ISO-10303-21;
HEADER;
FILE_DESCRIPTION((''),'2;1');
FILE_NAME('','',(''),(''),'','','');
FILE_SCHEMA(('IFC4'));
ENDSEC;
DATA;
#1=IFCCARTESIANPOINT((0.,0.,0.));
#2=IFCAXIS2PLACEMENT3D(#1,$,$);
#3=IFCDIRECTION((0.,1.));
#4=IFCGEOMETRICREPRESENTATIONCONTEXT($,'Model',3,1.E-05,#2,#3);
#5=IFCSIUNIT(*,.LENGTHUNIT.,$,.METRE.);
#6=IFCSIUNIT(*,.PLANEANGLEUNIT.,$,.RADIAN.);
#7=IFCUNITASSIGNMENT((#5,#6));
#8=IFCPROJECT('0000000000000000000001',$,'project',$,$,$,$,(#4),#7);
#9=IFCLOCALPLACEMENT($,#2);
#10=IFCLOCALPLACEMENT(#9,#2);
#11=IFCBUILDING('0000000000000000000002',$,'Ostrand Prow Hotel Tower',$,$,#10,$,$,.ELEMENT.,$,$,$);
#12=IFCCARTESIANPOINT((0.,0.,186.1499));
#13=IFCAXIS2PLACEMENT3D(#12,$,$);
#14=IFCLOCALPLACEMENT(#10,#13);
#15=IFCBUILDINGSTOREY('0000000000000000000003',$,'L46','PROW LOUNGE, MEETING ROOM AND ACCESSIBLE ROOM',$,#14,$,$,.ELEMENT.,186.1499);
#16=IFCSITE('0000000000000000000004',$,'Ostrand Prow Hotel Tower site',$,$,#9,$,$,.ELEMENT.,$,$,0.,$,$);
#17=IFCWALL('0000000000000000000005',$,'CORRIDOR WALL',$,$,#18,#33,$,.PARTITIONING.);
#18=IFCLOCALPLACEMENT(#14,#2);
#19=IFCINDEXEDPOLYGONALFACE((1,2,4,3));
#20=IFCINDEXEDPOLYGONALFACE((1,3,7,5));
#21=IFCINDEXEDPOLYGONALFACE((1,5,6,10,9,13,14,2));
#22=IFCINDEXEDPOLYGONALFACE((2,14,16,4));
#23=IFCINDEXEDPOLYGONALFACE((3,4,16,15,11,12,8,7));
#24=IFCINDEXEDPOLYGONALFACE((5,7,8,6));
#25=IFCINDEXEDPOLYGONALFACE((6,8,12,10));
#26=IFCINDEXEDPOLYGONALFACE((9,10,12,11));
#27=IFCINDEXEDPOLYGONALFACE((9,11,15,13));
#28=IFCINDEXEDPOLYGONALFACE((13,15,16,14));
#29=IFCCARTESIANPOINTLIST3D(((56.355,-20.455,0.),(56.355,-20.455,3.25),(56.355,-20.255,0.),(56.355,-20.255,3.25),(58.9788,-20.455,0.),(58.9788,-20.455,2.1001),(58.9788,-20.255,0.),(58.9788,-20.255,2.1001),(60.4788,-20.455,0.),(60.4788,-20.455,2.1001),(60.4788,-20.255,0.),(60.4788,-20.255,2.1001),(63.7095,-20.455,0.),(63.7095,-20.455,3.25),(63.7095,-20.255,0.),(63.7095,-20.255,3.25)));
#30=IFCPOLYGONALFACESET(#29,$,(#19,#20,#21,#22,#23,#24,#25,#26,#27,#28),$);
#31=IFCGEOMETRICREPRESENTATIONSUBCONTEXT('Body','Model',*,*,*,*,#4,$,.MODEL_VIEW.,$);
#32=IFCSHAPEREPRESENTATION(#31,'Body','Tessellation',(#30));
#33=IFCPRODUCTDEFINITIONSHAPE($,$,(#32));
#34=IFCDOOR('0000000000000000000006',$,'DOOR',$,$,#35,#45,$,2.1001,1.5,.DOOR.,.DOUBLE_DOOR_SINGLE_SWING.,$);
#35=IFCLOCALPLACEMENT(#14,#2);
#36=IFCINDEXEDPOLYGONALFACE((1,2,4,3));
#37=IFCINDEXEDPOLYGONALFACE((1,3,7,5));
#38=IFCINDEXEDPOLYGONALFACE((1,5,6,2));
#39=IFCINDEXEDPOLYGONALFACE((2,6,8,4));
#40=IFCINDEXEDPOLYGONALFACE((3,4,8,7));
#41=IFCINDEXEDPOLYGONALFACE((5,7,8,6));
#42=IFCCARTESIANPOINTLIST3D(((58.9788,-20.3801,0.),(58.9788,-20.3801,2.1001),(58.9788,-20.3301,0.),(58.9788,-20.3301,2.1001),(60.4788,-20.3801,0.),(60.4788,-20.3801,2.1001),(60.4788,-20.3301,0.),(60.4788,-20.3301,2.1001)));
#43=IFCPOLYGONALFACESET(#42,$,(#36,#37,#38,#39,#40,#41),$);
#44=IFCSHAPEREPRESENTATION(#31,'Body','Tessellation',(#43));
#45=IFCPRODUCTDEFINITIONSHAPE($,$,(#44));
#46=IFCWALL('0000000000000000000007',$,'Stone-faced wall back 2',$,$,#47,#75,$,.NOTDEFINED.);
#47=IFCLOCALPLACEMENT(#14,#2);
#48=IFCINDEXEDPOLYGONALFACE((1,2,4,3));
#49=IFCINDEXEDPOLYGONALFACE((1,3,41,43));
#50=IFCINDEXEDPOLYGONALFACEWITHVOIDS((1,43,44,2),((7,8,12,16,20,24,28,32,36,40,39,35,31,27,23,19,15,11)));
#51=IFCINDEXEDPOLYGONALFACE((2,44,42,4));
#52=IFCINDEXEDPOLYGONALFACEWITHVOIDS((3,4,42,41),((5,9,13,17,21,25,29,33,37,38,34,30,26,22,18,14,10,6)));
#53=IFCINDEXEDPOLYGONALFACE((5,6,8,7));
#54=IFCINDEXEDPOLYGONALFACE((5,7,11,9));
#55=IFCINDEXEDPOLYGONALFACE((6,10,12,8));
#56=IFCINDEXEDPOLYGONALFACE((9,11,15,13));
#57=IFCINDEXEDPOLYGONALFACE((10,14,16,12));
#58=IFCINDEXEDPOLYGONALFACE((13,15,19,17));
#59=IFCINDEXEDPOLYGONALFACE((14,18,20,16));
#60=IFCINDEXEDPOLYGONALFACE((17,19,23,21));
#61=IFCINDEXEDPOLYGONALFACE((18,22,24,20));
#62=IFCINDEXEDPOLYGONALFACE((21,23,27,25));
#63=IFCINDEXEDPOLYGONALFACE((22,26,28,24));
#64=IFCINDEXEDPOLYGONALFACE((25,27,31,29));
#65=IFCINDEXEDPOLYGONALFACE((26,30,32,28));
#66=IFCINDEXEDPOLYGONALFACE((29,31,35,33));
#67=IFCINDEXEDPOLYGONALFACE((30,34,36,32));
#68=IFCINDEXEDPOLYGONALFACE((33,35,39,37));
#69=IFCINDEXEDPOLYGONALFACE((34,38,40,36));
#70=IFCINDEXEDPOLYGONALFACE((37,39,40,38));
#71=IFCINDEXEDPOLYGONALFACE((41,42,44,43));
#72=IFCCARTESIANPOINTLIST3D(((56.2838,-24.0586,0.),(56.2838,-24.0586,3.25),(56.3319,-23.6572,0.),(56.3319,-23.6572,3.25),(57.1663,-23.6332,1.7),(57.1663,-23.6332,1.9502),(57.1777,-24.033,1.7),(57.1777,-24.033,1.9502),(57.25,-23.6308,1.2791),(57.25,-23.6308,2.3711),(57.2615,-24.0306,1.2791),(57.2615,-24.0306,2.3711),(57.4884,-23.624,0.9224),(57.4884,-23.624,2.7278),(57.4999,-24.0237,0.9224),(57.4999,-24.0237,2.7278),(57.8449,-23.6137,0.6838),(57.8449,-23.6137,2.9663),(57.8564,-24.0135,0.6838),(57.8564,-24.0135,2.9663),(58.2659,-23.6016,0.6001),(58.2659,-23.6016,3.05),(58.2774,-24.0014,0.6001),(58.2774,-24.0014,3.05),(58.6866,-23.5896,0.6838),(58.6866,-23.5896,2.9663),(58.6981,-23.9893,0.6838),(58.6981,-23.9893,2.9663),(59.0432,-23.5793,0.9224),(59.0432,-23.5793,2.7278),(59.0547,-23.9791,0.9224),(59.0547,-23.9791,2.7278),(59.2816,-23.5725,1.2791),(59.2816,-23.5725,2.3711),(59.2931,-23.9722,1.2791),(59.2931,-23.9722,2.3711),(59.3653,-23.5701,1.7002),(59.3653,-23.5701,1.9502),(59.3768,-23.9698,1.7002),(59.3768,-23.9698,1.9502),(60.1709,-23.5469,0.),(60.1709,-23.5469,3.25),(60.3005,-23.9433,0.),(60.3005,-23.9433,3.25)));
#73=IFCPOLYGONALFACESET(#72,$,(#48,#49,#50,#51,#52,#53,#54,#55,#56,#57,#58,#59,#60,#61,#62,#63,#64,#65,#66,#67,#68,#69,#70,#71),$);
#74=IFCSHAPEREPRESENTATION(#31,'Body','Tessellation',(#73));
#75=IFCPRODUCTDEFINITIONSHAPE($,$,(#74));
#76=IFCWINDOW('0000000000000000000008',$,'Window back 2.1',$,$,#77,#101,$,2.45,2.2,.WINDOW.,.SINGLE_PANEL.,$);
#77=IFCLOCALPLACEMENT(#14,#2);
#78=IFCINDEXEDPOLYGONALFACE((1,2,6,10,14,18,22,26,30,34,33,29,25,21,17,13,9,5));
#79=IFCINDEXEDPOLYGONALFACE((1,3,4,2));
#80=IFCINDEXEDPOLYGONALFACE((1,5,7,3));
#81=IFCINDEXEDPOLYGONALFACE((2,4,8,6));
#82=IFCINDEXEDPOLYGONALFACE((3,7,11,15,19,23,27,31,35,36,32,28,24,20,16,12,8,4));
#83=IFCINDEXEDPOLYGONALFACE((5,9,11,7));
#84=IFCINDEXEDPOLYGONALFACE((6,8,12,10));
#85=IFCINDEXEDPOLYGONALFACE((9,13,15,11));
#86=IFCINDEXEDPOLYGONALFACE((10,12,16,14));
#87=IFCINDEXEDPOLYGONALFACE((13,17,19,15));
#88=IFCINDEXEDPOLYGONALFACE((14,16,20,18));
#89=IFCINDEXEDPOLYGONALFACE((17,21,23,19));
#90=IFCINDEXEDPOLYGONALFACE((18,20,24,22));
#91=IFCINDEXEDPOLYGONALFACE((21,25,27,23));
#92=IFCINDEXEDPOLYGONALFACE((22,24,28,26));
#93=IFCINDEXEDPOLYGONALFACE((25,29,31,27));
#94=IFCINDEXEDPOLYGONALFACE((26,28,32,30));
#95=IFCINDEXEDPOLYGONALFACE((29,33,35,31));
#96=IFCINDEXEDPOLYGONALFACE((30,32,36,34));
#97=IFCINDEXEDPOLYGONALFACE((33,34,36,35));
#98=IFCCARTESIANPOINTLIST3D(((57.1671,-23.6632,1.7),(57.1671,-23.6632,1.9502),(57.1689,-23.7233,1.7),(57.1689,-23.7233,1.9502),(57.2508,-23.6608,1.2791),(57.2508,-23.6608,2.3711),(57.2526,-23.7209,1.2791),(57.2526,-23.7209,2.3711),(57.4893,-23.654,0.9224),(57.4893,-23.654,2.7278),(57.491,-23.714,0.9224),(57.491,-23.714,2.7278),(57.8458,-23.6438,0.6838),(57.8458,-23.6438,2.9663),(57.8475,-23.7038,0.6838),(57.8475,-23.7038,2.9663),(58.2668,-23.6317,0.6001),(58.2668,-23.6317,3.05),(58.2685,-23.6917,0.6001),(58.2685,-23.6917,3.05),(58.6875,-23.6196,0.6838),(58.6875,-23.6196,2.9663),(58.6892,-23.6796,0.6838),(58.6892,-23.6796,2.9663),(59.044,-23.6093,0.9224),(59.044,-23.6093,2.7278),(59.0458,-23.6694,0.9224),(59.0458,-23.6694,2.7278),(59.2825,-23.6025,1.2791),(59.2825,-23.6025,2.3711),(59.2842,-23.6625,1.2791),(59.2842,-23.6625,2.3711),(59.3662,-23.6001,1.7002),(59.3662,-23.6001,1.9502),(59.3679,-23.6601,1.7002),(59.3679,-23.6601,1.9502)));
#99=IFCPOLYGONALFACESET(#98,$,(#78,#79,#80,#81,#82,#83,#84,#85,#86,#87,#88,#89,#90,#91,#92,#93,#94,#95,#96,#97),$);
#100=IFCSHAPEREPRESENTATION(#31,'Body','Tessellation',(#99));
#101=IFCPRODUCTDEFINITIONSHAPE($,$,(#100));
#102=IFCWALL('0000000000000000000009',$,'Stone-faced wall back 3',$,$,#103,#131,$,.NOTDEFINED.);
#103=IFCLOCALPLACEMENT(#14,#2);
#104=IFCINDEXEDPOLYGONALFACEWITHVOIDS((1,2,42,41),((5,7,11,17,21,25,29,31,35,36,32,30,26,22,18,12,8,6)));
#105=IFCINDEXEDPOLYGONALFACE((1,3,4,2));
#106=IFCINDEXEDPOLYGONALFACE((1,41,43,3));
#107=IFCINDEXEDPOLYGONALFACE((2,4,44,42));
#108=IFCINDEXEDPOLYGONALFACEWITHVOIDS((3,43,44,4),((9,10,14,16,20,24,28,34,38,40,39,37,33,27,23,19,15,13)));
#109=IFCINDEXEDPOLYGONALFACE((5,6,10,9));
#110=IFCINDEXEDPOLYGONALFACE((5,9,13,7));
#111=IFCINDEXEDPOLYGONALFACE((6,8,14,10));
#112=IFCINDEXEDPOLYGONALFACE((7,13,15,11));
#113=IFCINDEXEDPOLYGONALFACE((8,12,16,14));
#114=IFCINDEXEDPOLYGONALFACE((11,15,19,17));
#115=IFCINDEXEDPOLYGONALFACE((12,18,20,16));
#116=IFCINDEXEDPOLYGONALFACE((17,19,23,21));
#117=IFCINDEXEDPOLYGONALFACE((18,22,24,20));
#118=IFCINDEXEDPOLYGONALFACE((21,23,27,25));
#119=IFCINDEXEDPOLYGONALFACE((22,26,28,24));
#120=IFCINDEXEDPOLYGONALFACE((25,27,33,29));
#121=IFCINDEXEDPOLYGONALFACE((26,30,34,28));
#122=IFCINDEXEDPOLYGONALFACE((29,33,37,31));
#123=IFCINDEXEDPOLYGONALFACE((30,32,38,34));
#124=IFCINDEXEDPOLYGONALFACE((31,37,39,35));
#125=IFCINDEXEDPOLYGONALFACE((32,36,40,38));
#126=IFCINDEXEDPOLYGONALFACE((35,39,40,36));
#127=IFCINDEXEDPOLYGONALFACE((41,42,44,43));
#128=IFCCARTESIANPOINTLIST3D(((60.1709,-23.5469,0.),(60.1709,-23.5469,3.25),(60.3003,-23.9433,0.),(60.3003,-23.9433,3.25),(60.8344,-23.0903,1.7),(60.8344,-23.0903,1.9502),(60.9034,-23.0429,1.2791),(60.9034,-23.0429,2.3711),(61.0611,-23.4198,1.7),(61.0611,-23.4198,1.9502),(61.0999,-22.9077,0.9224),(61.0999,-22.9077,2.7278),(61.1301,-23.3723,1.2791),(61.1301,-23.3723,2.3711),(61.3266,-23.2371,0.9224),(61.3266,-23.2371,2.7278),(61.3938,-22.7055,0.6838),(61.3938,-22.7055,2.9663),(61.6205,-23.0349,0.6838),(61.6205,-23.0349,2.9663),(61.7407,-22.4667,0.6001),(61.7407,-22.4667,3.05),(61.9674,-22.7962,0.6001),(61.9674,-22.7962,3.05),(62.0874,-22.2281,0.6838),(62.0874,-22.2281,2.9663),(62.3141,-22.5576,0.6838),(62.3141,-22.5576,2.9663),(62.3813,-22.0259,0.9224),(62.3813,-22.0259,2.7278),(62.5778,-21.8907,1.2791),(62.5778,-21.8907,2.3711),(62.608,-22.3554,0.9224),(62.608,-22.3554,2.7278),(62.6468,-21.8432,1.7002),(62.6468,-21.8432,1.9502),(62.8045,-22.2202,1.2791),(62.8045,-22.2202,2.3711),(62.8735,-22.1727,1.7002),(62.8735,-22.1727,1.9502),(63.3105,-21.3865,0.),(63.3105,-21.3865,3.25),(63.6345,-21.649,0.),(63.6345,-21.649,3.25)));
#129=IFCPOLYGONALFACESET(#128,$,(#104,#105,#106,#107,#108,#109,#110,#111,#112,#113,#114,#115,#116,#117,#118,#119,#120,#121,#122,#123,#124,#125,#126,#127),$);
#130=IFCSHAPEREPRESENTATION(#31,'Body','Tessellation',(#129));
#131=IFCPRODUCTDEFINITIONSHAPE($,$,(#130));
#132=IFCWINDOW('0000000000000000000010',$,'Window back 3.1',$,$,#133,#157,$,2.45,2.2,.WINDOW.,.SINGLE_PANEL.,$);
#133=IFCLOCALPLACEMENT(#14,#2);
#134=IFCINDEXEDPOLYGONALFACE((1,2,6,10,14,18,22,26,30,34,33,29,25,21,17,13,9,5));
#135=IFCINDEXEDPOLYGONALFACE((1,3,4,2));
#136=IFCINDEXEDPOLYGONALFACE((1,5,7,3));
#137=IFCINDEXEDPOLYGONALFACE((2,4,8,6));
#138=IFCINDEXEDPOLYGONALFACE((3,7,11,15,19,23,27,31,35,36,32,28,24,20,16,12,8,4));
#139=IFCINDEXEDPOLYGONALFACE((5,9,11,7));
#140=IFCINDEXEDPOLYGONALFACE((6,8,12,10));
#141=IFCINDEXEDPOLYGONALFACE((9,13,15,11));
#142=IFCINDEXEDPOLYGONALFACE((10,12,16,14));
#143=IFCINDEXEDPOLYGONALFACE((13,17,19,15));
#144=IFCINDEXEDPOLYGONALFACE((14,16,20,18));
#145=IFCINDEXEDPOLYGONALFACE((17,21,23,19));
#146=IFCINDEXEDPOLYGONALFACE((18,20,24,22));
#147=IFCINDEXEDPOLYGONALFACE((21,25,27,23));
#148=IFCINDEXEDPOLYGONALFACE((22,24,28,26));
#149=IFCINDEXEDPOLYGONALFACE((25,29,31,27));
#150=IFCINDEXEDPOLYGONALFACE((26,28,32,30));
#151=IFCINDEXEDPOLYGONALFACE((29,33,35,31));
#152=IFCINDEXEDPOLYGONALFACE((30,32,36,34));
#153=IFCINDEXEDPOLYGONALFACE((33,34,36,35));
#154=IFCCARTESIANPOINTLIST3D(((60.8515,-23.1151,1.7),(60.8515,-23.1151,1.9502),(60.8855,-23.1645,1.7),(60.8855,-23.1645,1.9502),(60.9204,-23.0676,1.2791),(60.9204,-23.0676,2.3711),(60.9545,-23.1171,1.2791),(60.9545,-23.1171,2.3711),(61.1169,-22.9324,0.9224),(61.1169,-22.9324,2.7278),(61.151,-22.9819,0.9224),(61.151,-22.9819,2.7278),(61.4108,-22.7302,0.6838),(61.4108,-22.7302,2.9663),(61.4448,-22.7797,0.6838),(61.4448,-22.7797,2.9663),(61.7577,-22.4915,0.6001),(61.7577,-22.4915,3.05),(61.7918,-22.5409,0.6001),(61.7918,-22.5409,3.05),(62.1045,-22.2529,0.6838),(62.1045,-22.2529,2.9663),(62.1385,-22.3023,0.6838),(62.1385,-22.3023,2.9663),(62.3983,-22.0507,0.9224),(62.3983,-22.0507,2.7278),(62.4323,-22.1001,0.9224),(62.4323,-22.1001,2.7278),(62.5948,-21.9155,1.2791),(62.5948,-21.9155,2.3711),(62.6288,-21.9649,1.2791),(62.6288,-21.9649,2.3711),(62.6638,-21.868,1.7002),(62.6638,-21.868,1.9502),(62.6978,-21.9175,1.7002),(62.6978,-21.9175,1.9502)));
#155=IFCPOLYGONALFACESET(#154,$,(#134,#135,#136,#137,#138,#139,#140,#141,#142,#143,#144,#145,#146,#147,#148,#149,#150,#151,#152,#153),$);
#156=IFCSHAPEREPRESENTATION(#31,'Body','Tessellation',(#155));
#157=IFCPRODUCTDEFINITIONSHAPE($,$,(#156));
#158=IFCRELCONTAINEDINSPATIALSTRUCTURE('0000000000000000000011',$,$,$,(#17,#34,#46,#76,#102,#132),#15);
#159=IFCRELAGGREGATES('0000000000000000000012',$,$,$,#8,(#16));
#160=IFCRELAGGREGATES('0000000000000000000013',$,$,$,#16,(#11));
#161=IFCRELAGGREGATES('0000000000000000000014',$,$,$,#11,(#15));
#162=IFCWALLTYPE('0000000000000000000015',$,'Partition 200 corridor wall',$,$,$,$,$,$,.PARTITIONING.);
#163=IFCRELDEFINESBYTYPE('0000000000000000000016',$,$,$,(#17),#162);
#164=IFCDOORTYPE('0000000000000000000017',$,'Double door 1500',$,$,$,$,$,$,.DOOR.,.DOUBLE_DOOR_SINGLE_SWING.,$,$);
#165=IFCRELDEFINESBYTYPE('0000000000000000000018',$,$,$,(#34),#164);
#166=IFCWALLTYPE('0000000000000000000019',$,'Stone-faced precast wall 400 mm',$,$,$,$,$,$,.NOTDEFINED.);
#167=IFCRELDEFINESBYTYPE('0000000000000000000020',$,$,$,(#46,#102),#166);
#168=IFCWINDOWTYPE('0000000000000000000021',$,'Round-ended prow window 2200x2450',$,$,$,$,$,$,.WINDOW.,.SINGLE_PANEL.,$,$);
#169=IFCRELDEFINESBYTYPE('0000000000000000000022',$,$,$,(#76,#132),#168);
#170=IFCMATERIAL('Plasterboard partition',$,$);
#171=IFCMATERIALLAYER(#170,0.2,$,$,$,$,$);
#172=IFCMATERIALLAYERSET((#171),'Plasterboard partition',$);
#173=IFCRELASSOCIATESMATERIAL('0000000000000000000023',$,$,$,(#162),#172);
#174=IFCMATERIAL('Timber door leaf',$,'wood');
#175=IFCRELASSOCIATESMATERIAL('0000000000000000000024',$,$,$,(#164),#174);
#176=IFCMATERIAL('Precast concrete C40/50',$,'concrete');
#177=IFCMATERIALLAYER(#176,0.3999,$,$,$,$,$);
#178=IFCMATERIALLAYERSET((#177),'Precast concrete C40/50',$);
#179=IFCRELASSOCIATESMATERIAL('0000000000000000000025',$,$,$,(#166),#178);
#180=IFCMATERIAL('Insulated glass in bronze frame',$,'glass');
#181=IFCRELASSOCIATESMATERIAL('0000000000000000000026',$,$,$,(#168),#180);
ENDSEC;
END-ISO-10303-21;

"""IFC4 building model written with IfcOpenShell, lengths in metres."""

from ifc_helpers import new_model, si_unit, direction, frame, frame_2d, origin, place, context, subcontext, project, spatial, polyline, rectangle, outline, extrude, material, layer, layer_set, type_object, element, fill, save


model = new_model("IFC4")

# Units and contexts
model_context = context("Model", 3, precision=1e-05, world=origin(), true_north=direction((0.0, 1.0)))
body_context = subcontext(model_context, "Body", "Model", "MODEL_VIEW")
ifc_project = project(units=[si_unit("LENGTHUNIT", "METRE"), si_unit("PLANEANGLEUNIT", "RADIAN")], contexts=[model_context])

# Site, building, storey
site_placement = place(None, origin())
site = spatial("IfcSite", under=ifc_project, at=site_placement, Name="Ostrand Prow Hotel Tower site", CompositionType="ELEMENT", RefElevation=0.0)
building_placement = place(site_placement, origin())
building = spatial("IfcBuilding", under=site, at=building_placement, Name="Ostrand Prow Hotel Tower", CompositionType="ELEMENT")
storey_placement = place(building_placement, frame((0.0, 0.0, 186.1499)))
storey = spatial("IfcBuildingStorey", under=building, at=storey_placement, Name="L46", Description="PROW LOUNGE, MEETING ROOM AND ACCESSIBLE ROOM", CompositionType="ELEMENT", Elevation=186.1499)

# Wall, opening, door
ifc_material_1 = material(Name="Plasterboard partition")
ifc_layer_1 = layer(ifc_material_1, 0.2)
ifc_layer_set_1 = layer_set([ifc_layer_1], Name="Plasterboard partition")
wall_type_1 = type_object("IfcWallType", Name="Partition 200 corridor wall", PredefinedType="PARTITIONING", material=ifc_layer_set_1)
wall_1_placement = place(storey_placement, frame((56.355, -20.355, 0.0), z_axis=(0.0, 0.0, 1.0), x_axis=(1.0, 0.0, 0.0)))
wall_1 = element("IfcWall", 1, at=wall_1_placement, inside=storey, type_object=wall_type_1, Name="CORRIDOR WALL", PredefinedType="PARTITIONING", context=body_context, shape_type="SweptSolid", body=[
    extrude(rectangle(XDim=7.3545, YDim=0.2, at=frame_2d((3.6772, 0.0))), origin(), (0.0, 0.0, 1.0), 3.25),
])
opening_1_placement = place(wall_1_placement, frame((2.6238, 0.0, 0.0)))
opening_1 = element("IfcOpeningElement", 2, at=opening_1_placement, cuts=wall_1, PredefinedType="OPENING", context=body_context, shape_type="SweptSolid", body=[
    extrude(rectangle(XDim=1.5, YDim=2.1001, at=frame_2d((0.75, 1.05))), frame((0.0, 0.1099, 0.0), z_axis=(0.0, -1.0, 0.0), x_axis=(1.0, 0.0, 0.0)), (0.0, 0.0, 1.0), 0.22),
])
ifc_material_2 = material(Name="Timber door leaf", Category="wood")
door_type_1 = type_object("IfcDoorType", Name="Double door 1500", OperationType="DOUBLE_DOOR_SINGLE_SWING", PredefinedType="DOOR", material=ifc_material_2)
door_1_placement = place(opening_1_placement, origin())
door_1 = element("IfcDoor", 3, at=door_1_placement, inside=storey, type_object=door_type_1, Name="DOOR", OperationType="DOUBLE_DOOR_SINGLE_SWING", OverallHeight=2.1001, OverallWidth=1.5, PredefinedType="DOOR", context=body_context, shape_type="SweptSolid", body=[
    extrude(rectangle(XDim=1.5, YDim=2.1001, at=frame_2d((0.75, 1.05))), frame((0.0, 0.0249, 0.0), z_axis=(0.0, -1.0, 0.0), x_axis=(1.0, 0.0, 0.0)), (0.0, 0.0, 1.0), 0.05),
])
fill(opening_1, door_1)

# Walls, openings, windows
ifc_material_3 = material(Name="Precast concrete C40/50", Category="concrete")
ifc_layer_2 = layer(ifc_material_3, 0.3999)
ifc_layer_set_2 = layer_set([ifc_layer_2], Name="Precast concrete C40/50")
wall_type_2 = type_object("IfcWallType", Name="Stone-faced precast wall 400 mm", PredefinedType="NOTDEFINED", material=ifc_layer_set_2)
wall_2_placement = place(storey_placement, frame((56.3079, -23.8579, 0.0), z_axis=(0.0, 0.0, 1.0), x_axis=(0.999588, 0.028705, 0.0)))
wall_2 = element("IfcWall", 4, at=wall_2_placement, inside=storey, type_object=wall_type_2, Name="Stone-faced wall back 2", PredefinedType="NOTDEFINED", context=body_context, shape_type="SweptSolid", body=[
    extrude(outline(polyline([(-0.0298, -0.2), (3.9885, -0.2), (3.8704, 0.2), (0.0298, 0.2), (-0.0298, -0.2)])), origin(), (0.0, 0.0, 1.0), 3.25),
])
opening_2_placement = place(wall_2_placement, frame((0.8645, 0.0, 0.6001)))
opening_2 = element("IfcOpeningElement", 5, at=opening_2_placement, cuts=wall_2, PredefinedType="OPENING", context=body_context, shape_type="SweptSolid", body=[
    extrude(outline(polyline([(0.0, 1.3501), (0.0837, 1.771), (0.3223, 2.1277), (0.679, 2.3662), (1.1001, 2.45), (1.521, 2.3662), (1.8777, 2.1277), (2.1162, 1.771), (2.2, 1.3501), (2.2, 1.1001), (2.1162, 0.679), (1.8777, 0.3223), (1.521, 0.0837), (1.1001, 0.0), (0.679, 0.0837), (0.3223, 0.3223), (0.0837, 0.679), (0.0, 1.0999), (0.0, 1.3501)])), frame((0.0, 0.21, 0.0), z_axis=(0.0, -1.0, 0.0), x_axis=(1.0, 0.0, 0.0)), (0.0, 0.0, 1.0), 0.4199),
])
ifc_material_4 = material(Name="Insulated glass in bronze frame", Category="glass")
window_type = type_object("IfcWindowType", Name="Round-ended prow window 2200x2450", PartitioningType="SINGLE_PANEL", PredefinedType="WINDOW", material=ifc_material_4)
window_1_placement = place(opening_2_placement, origin())
window_1 = element("IfcWindow", 6, at=window_1_placement, inside=storey, type_object=window_type, Name="Window back 2.1", OverallHeight=2.45, OverallWidth=2.2, PartitioningType="SINGLE_PANEL", PredefinedType="WINDOW", context=body_context, shape_type="SweptSolid", body=[
    extrude(outline(polyline([(0.0, 1.3501), (0.0837, 1.771), (0.3223, 2.1277), (0.679, 2.3662), (1.1001, 2.45), (1.521, 2.3662), (1.8777, 2.1277), (2.1162, 1.771), (2.2, 1.3501), (2.2, 1.1001), (2.1162, 0.679), (1.8777, 0.3223), (1.521, 0.0837), (1.1001, 0.0), (0.679, 0.0837), (0.3223, 0.3223), (0.0837, 0.679), (0.0, 1.0999), (0.0, 1.3501)])), frame((0.0, 0.1699, 0.0), z_axis=(0.0, -1.0, 0.0), x_axis=(1.0, 0.0, 0.0)), (0.0, 0.0, 1.0), 0.0601),
])
fill(opening_2, window_1)
wall_3_placement = place(storey_placement, frame((60.2356, -23.7451, 0.0), z_axis=(0.0, 0.0, 1.0), x_axis=(0.823806, 0.566872, 0.0)))
wall_3 = element("IfcWall", 7, at=wall_3_placement, inside=storey, type_object=wall_type_2, Name="Stone-faced wall back 3", PredefinedType="NOTDEFINED", context=body_context, shape_type="SweptSolid", body=[
    extrude(outline(polyline([(-0.0591, -0.2), (3.9883, -0.2), (3.8701, 0.2), (0.0591, 0.2), (-0.0591, -0.2)])), origin(), (0.0, 0.0, 1.0), 3.25),
])
opening_3_placement = place(wall_3_placement, frame((0.8645, 0.0, 0.6001)))
opening_3 = element("IfcOpeningElement", 8, at=opening_3_placement, cuts=wall_3, PredefinedType="OPENING", context=body_context, shape_type="SweptSolid", body=[
    extrude(outline(polyline([(0.0, 1.3501), (0.0837, 1.771), (0.3223, 2.1277), (0.679, 2.3662), (1.1001, 2.45), (1.521, 2.3662), (1.8777, 2.1277), (2.1162, 1.771), (2.2, 1.3501), (2.2, 1.1001), (2.1162, 0.679), (1.8777, 0.3223), (1.521, 0.0837), (1.1001, 0.0), (0.679, 0.0837), (0.3223, 0.3223), (0.0837, 0.679), (0.0, 1.0999), (0.0, 1.3501)])), frame((0.0, 0.21, 0.0), z_axis=(0.0, -1.0, 0.0), x_axis=(1.0, 0.0, 0.0)), (0.0, 0.0, 1.0), 0.4199),
])
window_2_placement = place(opening_3_placement, origin())
window_2 = element("IfcWindow", 9, at=window_2_placement, inside=storey, type_object=window_type, Name="Window back 3.1", OverallHeight=2.45, OverallWidth=2.2, PartitioningType="SINGLE_PANEL", PredefinedType="WINDOW", context=body_context, shape_type="SweptSolid", body=[
    extrude(outline(polyline([(0.0, 1.3501), (0.0837, 1.771), (0.3223, 2.1277), (0.679, 2.3662), (1.1001, 2.45), (1.521, 2.3662), (1.8777, 2.1277), (2.1162, 1.771), (2.2, 1.3501), (2.2, 1.1001), (2.1162, 0.679), (1.8777, 0.3223), (1.521, 0.0837), (1.1001, 0.0), (0.679, 0.0837), (0.3223, 0.3223), (0.0837, 0.679), (0.0, 1.0999), (0.0, 1.3501)])), frame((0.0, 0.1699, 0.0), z_axis=(0.0, -1.0, 0.0), x_axis=(1.0, 0.0, 0.0)), (0.0, 0.0, 1.0), 0.0601),
])
fill(opening_3, window_2)

save(model, "model.ifc")
